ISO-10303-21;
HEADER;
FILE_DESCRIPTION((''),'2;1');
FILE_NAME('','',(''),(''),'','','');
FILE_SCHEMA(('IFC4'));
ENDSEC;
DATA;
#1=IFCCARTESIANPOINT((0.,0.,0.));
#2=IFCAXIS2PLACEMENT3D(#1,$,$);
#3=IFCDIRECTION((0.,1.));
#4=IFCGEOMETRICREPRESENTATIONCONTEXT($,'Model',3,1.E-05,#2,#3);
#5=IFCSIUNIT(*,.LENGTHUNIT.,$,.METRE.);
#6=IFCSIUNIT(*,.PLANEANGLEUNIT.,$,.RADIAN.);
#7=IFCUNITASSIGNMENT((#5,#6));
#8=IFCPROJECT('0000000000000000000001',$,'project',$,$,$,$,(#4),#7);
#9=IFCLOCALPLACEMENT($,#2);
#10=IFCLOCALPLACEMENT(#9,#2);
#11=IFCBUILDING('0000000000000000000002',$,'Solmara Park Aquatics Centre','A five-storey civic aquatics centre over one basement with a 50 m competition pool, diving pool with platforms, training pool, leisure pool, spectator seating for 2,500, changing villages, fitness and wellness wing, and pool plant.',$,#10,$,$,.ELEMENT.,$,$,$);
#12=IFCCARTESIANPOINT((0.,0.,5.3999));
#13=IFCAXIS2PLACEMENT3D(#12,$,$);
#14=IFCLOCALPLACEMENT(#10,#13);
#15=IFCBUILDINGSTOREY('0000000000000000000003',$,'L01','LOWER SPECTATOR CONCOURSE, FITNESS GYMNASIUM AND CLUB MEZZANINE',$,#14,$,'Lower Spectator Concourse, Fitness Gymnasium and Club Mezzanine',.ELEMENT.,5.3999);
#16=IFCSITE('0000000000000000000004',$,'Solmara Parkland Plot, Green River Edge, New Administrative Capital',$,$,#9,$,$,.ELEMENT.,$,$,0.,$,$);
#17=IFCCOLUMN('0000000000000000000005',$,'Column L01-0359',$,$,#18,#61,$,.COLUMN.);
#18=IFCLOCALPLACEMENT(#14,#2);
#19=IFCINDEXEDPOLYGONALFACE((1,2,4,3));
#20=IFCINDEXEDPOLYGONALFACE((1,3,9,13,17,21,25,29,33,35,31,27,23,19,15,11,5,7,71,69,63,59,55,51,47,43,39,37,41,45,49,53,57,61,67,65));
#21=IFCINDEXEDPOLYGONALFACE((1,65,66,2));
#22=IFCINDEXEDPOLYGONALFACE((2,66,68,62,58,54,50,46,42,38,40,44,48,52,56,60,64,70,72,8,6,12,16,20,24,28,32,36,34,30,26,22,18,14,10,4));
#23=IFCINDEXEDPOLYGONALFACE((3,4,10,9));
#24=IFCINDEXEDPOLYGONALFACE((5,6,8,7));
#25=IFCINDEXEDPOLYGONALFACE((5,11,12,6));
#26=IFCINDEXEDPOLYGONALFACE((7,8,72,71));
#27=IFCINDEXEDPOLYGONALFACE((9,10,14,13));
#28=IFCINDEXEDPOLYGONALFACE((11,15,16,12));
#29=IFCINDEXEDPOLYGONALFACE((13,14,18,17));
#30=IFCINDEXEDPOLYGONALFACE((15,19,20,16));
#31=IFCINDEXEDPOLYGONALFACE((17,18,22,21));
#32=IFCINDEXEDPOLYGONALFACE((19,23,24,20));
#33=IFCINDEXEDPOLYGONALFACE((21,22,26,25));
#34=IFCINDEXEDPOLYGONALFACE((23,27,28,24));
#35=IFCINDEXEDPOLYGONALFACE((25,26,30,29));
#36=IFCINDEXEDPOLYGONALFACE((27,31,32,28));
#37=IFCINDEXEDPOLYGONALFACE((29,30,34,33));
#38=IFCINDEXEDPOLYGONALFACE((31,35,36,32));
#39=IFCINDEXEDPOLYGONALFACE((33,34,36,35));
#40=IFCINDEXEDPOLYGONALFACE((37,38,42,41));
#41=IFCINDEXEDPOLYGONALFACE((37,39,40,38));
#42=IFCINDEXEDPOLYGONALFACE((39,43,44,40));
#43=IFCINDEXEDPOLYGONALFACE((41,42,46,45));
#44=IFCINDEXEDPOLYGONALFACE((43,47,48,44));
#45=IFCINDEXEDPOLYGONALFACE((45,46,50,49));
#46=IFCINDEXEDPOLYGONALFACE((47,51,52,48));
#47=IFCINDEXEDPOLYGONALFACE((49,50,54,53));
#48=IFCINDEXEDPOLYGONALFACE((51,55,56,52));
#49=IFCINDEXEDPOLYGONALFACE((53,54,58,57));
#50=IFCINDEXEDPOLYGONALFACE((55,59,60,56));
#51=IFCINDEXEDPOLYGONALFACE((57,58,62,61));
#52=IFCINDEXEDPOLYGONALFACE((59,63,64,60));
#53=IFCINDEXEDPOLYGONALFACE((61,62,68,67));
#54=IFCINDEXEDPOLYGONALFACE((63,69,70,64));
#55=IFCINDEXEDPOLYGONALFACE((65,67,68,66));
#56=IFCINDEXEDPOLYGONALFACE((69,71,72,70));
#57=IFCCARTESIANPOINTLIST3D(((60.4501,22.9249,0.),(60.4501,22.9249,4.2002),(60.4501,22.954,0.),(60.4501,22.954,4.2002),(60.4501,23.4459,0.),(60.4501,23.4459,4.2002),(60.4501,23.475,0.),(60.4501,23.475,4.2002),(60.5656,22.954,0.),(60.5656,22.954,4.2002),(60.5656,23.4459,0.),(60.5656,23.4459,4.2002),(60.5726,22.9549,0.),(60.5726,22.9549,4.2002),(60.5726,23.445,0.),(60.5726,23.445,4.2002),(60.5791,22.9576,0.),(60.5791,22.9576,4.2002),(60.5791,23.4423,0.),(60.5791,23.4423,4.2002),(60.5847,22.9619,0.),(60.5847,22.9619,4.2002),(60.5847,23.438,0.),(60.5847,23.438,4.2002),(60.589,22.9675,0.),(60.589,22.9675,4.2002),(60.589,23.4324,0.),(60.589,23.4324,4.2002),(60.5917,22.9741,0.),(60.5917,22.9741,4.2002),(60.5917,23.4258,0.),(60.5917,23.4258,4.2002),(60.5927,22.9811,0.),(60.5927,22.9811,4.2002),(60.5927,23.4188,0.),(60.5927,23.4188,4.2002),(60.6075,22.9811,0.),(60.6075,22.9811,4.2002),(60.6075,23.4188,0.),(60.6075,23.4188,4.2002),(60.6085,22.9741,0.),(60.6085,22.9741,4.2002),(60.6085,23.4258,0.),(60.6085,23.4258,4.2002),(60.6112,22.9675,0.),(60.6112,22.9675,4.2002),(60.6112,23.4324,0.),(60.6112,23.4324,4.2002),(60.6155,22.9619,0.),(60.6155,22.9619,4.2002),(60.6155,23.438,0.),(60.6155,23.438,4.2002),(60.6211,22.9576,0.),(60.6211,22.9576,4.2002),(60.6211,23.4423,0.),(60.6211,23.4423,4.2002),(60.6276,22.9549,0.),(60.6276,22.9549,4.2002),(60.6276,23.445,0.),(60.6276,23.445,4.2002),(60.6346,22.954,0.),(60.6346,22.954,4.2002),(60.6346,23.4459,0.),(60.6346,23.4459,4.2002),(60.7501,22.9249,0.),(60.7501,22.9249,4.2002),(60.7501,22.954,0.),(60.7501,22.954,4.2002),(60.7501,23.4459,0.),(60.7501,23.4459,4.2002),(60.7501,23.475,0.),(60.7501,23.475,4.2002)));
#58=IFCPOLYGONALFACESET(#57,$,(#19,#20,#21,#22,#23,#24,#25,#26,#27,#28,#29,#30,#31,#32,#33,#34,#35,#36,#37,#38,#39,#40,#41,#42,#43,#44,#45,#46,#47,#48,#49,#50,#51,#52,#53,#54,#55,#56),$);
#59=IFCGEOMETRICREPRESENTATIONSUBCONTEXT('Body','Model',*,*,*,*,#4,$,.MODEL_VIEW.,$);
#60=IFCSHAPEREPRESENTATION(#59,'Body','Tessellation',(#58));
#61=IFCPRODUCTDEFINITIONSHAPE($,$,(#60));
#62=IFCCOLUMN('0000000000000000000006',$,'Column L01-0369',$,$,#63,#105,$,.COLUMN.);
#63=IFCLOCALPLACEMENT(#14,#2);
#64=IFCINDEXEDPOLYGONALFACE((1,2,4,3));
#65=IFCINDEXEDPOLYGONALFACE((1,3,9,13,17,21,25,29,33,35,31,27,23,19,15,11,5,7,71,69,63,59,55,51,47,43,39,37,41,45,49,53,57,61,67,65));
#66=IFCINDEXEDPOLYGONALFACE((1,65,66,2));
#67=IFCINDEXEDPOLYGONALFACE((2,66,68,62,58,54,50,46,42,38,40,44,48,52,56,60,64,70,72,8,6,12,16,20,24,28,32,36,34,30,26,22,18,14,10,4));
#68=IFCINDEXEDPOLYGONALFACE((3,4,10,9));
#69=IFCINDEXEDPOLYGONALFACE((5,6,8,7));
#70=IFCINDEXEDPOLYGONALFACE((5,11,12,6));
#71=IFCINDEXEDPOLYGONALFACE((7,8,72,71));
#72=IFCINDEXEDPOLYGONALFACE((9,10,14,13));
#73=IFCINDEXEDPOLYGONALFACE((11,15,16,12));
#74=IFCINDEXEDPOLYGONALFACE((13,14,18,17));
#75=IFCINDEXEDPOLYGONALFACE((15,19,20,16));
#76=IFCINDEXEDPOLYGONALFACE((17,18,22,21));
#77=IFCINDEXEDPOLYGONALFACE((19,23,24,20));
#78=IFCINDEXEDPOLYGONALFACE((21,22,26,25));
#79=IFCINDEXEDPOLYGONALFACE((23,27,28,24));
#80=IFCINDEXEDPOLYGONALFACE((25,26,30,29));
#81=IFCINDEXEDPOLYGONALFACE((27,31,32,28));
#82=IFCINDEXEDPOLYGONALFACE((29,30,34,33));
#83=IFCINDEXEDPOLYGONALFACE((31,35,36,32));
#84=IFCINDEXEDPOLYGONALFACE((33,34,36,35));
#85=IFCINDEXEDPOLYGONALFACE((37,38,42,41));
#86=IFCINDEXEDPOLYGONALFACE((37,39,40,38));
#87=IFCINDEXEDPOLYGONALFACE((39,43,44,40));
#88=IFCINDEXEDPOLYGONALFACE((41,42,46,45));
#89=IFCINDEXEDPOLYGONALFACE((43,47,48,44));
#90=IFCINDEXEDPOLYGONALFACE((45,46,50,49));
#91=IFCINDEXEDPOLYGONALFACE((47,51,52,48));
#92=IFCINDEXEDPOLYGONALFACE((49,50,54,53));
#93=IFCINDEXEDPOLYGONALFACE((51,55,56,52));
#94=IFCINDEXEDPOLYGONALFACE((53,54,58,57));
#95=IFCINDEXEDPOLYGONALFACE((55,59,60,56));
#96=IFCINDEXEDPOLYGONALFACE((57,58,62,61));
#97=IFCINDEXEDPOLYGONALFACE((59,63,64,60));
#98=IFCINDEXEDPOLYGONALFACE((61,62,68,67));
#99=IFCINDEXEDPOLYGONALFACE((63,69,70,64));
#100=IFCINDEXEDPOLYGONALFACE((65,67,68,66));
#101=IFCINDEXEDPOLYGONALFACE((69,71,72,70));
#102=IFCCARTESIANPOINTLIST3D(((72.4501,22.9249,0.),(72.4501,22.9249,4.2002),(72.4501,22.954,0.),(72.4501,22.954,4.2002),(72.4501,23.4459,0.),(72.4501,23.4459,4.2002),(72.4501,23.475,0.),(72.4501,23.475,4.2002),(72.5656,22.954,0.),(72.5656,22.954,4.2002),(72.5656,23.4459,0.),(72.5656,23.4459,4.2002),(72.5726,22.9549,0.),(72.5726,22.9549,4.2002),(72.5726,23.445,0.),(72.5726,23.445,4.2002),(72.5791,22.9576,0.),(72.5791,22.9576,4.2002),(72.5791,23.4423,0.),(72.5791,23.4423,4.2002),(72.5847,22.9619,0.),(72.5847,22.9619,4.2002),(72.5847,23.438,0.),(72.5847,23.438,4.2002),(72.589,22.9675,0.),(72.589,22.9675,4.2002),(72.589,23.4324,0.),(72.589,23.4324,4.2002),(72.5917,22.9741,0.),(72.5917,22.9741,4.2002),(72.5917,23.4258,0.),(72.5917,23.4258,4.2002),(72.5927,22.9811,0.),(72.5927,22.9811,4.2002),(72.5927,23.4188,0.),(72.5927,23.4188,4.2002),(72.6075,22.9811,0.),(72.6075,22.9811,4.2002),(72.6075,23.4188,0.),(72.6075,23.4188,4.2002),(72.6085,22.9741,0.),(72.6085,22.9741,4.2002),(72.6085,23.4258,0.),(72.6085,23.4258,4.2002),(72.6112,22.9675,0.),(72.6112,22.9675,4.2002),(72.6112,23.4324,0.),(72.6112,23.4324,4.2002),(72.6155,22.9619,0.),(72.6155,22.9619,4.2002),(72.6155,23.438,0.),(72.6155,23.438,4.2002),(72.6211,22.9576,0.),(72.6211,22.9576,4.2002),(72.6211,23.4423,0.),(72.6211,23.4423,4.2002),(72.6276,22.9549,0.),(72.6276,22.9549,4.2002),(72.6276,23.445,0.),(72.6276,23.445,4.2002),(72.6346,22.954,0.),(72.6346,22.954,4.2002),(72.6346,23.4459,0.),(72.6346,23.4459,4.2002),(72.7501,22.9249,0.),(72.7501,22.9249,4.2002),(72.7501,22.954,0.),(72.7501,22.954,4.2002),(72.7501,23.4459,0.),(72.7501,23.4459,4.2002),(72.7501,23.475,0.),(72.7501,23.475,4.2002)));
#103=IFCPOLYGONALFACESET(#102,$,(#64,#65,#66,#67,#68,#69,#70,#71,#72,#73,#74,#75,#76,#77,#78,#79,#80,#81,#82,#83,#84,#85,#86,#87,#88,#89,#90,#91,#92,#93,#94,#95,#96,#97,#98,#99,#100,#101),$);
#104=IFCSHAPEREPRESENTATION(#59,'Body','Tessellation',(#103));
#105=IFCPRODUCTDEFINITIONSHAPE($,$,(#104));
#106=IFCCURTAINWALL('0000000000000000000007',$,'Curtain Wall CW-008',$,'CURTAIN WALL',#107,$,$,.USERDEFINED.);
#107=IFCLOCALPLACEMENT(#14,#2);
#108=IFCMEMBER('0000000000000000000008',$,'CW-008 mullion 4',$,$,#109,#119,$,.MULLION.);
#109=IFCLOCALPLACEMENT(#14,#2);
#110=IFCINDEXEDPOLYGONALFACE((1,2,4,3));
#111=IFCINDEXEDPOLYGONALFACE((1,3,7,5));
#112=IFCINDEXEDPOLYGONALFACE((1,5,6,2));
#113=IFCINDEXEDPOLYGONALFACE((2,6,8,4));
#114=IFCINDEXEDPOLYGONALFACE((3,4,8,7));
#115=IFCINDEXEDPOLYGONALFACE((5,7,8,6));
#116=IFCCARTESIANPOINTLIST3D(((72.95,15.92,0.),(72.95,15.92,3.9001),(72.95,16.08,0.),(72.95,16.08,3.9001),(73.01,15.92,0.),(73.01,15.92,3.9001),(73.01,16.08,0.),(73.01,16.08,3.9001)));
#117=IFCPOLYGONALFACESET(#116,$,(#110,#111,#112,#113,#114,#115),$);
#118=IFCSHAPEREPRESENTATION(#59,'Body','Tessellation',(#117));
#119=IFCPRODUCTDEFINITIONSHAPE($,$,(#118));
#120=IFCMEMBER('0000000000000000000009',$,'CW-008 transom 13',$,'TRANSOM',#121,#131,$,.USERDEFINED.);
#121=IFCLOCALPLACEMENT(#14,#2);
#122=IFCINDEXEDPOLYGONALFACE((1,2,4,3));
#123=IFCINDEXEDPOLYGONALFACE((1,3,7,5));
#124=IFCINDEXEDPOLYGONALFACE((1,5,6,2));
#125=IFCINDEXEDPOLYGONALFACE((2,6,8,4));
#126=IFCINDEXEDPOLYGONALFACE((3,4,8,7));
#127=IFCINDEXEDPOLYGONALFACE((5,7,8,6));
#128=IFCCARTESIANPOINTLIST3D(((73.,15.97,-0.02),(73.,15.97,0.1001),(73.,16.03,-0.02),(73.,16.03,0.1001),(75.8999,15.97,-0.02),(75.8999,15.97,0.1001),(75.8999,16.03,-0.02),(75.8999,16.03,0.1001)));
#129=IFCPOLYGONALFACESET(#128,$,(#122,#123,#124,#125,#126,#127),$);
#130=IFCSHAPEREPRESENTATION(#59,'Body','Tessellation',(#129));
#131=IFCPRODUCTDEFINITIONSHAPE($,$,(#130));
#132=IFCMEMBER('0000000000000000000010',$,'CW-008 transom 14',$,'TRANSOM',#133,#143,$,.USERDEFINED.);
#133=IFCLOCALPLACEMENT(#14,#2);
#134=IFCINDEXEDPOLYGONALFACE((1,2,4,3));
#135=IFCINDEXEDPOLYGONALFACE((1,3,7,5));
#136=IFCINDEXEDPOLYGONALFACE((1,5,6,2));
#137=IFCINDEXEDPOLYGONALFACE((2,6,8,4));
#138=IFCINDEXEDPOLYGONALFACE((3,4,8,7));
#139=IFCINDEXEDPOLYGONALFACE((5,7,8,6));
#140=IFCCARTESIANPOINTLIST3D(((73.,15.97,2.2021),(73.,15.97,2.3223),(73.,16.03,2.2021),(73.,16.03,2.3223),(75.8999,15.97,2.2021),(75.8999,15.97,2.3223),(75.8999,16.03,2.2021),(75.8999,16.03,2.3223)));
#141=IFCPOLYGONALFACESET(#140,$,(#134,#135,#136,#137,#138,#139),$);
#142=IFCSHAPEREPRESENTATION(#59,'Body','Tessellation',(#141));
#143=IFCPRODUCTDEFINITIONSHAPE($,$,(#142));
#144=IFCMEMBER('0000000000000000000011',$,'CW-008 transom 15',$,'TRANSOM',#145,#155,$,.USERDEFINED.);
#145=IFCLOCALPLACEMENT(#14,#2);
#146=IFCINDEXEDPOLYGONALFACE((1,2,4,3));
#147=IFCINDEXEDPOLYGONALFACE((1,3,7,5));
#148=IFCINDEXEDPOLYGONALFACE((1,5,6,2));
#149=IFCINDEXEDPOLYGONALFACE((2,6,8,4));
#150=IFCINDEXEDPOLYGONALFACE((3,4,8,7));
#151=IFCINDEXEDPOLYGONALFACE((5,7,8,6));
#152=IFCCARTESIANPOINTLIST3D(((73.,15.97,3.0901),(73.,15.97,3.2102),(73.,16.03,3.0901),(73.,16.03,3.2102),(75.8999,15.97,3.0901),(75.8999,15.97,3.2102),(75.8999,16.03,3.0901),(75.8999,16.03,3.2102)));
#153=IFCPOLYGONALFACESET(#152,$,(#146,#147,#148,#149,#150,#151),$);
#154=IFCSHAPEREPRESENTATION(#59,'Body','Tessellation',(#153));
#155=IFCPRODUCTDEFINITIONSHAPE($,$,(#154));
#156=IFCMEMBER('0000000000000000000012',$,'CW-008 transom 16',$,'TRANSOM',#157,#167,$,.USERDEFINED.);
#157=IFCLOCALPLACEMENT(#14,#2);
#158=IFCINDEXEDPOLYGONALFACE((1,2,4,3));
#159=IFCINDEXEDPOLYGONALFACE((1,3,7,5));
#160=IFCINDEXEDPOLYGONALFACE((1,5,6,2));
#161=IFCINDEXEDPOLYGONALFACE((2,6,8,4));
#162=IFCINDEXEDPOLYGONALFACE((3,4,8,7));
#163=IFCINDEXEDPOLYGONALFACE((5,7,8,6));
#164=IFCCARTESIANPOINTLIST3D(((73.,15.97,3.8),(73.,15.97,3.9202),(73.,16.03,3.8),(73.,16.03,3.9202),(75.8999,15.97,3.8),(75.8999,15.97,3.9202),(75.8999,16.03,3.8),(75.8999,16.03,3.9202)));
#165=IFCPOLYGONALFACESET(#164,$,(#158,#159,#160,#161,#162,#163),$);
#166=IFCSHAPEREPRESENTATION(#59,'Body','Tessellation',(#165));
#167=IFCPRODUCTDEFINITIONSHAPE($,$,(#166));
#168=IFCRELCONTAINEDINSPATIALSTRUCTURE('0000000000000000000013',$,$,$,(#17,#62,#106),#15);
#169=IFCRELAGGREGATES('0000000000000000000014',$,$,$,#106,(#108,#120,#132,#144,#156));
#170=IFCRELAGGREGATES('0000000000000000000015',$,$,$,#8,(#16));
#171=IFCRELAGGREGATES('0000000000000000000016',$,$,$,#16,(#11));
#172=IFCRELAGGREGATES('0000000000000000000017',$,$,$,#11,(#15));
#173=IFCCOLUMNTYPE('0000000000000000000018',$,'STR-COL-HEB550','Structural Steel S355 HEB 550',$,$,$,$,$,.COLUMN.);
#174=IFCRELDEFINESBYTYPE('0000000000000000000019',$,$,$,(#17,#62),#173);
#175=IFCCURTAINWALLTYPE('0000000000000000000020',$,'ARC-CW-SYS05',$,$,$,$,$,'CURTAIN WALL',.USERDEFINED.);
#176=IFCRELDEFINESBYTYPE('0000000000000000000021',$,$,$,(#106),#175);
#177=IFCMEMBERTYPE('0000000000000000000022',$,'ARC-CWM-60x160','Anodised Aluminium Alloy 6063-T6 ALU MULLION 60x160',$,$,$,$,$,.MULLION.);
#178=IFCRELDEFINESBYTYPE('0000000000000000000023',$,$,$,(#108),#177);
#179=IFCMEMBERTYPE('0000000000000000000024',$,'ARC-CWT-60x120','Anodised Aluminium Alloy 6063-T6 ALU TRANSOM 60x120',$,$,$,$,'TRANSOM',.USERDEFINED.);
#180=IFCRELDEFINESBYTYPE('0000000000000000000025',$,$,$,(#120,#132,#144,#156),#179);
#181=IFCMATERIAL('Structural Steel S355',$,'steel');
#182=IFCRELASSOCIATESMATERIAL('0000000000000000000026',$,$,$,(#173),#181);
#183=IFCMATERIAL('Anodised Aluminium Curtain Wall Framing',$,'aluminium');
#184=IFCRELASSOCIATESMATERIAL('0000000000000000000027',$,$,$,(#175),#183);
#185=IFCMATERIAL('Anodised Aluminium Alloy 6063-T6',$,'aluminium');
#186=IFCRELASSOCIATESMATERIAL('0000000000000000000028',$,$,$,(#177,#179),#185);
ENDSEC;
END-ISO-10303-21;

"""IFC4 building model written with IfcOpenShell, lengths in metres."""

from ifc_helpers import new_model, si_unit, direction, frame, origin, origin_2d, place, context, subcontext, project, spatial, rectangle, i_section, extrude, material, material_profile, profile_set, type_object, element, aggregate, save


model = new_model("IFC4")

# Units and contexts
model_context = context("Model", 3, precision=1e-05, world=origin(), true_north=direction((0.0, 1.0)))
body_context = subcontext(model_context, "Body", "Model", "MODEL_VIEW")
ifc_project = project(units=[si_unit("LENGTHUNIT", "METRE"), si_unit("PLANEANGLEUNIT", "RADIAN")], contexts=[model_context])

# Site, building, storey
site_placement = place(None, origin())
site = spatial("IfcSite", under=ifc_project, at=site_placement, Name="Solmara Parkland Plot, Green River Edge, New Administrative Capital", CompositionType="ELEMENT", RefElevation=0.0)
building_placement = place(site_placement, origin())
building = spatial("IfcBuilding", under=site, at=building_placement, Name="Solmara Park Aquatics Centre", Description="A five-storey civic aquatics centre over one basement with a 50 m competition pool, diving pool with platforms, training pool, leisure pool, spectator seating for 2,500, changing villages, fitness and wellness wing, and pool plant.", CompositionType="ELEMENT")
storey_placement = place(building_placement, frame((0.0, 0.0, 5.3999)))
storey = spatial("IfcBuildingStorey", under=building, at=storey_placement, Name="L01", Description="LOWER SPECTATOR CONCOURSE, FITNESS GYMNASIUM AND CLUB MEZZANINE", LongName="Lower Spectator Concourse, Fitness Gymnasium and Club Mezzanine", CompositionType="ELEMENT", Elevation=5.3999)

# Columns
ifc_material_1 = material(Name="Structural Steel S355", Category="steel")
ifc_material_profile_1 = material_profile(ifc_material_1, i_section(OverallWidth=0.3, OverallDepth=0.55, WebThickness=0.0149, FlangeThickness=0.0291, FilletRadius=0.0271, at=origin_2d()), Name="HEB 550")
ifc_profile_set_1 = profile_set([ifc_material_profile_1], Name="Structural Steel S355")
column_type = type_object("IfcColumnType", Name="STR-COL-HEB550", Description="Structural Steel S355 HEB 550", PredefinedType="COLUMN", material=ifc_profile_set_1)
for number, where, z_axis, x_axis, name in (
    (1, (60.6001, 23.2, 0.0), (0.0, 0.0, 1.0), (1.0, 0.0, 0.0), "Column L01-0359"),
    (2, (72.6001, 23.2, 0.0), (0.0, 0.0, 1.0), (1.0, 0.0, 0.0), "Column L01-0369"),
):
    element("IfcColumn", number, at=place(storey_placement, frame(where, z_axis=z_axis, x_axis=x_axis)), inside=storey, type_object=column_type, Name=name, PredefinedType="COLUMN", context=body_context, shape_type="SweptSolid", body=[
        extrude(i_section(OverallWidth=0.3, OverallDepth=0.55, WebThickness=0.0149, FlangeThickness=0.0291, FilletRadius=0.0271, at=origin_2d()), origin(), (0.0, 0.0, 1.0), 4.2002),
    ])

# Curtain wall, members
ifc_material_2 = material(Name="Anodised Aluminium Curtain Wall Framing", Category="aluminium")
curtain_wall_type = type_object("IfcCurtainWallType", Name="ARC-CW-SYS05", ElementType="CURTAIN WALL", PredefinedType="USERDEFINED", material=ifc_material_2)
curtain_wall_placement = place(storey_placement, origin())
curtain_wall = element("IfcCurtainWall", 3, at=curtain_wall_placement, inside=storey, type_object=curtain_wall_type, Name="Curtain Wall CW-008", ObjectType="CURTAIN WALL", PredefinedType="USERDEFINED")
ifc_material_3 = material(Name="Anodised Aluminium Alloy 6063-T6", Category="aluminium")
ifc_material_profile_2 = material_profile(ifc_material_3, rectangle(XDim=0.0601, YDim=0.1599, at=origin_2d()), Name="ALU MULLION 60x160")
ifc_profile_set_2 = profile_set([ifc_material_profile_2], Name="Anodised Aluminium Alloy 6063-T6")
member_type_1 = type_object("IfcMemberType", Name="ARC-CWM-60x160", Description="Anodised Aluminium Alloy 6063-T6 ALU MULLION 60x160", PredefinedType="MULLION", material=ifc_profile_set_2)
member_1_placement = place(storey_placement, frame((72.98, 16.0, 0.0), z_axis=(0.0, 0.0, 1.0), x_axis=(1.0, 0.0, 0.0)))
member_1 = element("IfcMember", 4, at=member_1_placement, type_object=member_type_1, Name="CW-008 mullion 4", PredefinedType="MULLION", context=body_context, shape_type="SweptSolid", body=[
    extrude(rectangle(XDim=0.0601, YDim=0.1599, at=origin_2d()), origin(), (0.0, 0.0, 1.0), 3.9001),
])
ifc_material_profile_3 = material_profile(ifc_material_3, rectangle(XDim=0.0601, YDim=0.1201, at=origin_2d()), Name="ALU TRANSOM 60x120")
ifc_profile_set_3 = profile_set([ifc_material_profile_3], Name="Anodised Aluminium Alloy 6063-T6")
member_type_2 = type_object("IfcMemberType", Name="ARC-CWT-60x120", Description="Anodised Aluminium Alloy 6063-T6 ALU TRANSOM 60x120", ElementType="TRANSOM", PredefinedType="USERDEFINED", material=ifc_profile_set_3)
member_2_placement = place(storey_placement, frame((73.0, 16.0, 0.04), z_axis=(1.0, 0.0, 0.0), x_axis=(0.0, 1.0, 0.0)))
member_2 = element("IfcMember", 5, at=member_2_placement, type_object=member_type_2, Name="CW-008 transom 13", ObjectType="TRANSOM", PredefinedType="USERDEFINED", context=body_context, shape_type="SweptSolid", body=[
    extrude(rectangle(XDim=0.0601, YDim=0.1201, at=origin_2d()), origin(), (0.0, 0.0, 1.0), 2.8999),
])
member_3_placement = place(storey_placement, frame((73.0, 16.0, 2.2622), z_axis=(1.0, 0.0, 0.0), x_axis=(0.0, 1.0, 0.0)))
member_3 = element("IfcMember", 6, at=member_3_placement, type_object=member_type_2, Name="CW-008 transom 14", ObjectType="TRANSOM", PredefinedType="USERDEFINED", context=body_context, shape_type="SweptSolid", body=[
    extrude(rectangle(XDim=0.0601, YDim=0.1201, at=origin_2d()), origin(), (0.0, 0.0, 1.0), 2.8999),
])
member_4_placement = place(storey_placement, frame((73.0, 16.0, 3.1501), z_axis=(1.0, 0.0, 0.0), x_axis=(0.0, 1.0, 0.0)))
member_4 = element("IfcMember", 7, at=member_4_placement, type_object=member_type_2, Name="CW-008 transom 15", ObjectType="TRANSOM", PredefinedType="USERDEFINED", context=body_context, shape_type="SweptSolid", body=[
    extrude(rectangle(XDim=0.0601, YDim=0.1201, at=origin_2d()), origin(), (0.0, 0.0, 1.0), 2.8999),
])
member_5_placement = place(storey_placement, frame((73.0, 16.0, 3.8601), z_axis=(1.0, 0.0, 0.0), x_axis=(0.0, 1.0, 0.0)))
member_5 = element("IfcMember", 8, at=member_5_placement, type_object=member_type_2, Name="CW-008 transom 16", ObjectType="TRANSOM", PredefinedType="USERDEFINED", context=body_context, shape_type="SweptSolid", body=[
    extrude(rectangle(XDim=0.0601, YDim=0.1201, at=origin_2d()), origin(), (0.0, 0.0, 1.0), 2.8999),
])

aggregate(curtain_wall, [member_1, member_2, member_3, member_4, member_5])

save(model, "model.ifc")
